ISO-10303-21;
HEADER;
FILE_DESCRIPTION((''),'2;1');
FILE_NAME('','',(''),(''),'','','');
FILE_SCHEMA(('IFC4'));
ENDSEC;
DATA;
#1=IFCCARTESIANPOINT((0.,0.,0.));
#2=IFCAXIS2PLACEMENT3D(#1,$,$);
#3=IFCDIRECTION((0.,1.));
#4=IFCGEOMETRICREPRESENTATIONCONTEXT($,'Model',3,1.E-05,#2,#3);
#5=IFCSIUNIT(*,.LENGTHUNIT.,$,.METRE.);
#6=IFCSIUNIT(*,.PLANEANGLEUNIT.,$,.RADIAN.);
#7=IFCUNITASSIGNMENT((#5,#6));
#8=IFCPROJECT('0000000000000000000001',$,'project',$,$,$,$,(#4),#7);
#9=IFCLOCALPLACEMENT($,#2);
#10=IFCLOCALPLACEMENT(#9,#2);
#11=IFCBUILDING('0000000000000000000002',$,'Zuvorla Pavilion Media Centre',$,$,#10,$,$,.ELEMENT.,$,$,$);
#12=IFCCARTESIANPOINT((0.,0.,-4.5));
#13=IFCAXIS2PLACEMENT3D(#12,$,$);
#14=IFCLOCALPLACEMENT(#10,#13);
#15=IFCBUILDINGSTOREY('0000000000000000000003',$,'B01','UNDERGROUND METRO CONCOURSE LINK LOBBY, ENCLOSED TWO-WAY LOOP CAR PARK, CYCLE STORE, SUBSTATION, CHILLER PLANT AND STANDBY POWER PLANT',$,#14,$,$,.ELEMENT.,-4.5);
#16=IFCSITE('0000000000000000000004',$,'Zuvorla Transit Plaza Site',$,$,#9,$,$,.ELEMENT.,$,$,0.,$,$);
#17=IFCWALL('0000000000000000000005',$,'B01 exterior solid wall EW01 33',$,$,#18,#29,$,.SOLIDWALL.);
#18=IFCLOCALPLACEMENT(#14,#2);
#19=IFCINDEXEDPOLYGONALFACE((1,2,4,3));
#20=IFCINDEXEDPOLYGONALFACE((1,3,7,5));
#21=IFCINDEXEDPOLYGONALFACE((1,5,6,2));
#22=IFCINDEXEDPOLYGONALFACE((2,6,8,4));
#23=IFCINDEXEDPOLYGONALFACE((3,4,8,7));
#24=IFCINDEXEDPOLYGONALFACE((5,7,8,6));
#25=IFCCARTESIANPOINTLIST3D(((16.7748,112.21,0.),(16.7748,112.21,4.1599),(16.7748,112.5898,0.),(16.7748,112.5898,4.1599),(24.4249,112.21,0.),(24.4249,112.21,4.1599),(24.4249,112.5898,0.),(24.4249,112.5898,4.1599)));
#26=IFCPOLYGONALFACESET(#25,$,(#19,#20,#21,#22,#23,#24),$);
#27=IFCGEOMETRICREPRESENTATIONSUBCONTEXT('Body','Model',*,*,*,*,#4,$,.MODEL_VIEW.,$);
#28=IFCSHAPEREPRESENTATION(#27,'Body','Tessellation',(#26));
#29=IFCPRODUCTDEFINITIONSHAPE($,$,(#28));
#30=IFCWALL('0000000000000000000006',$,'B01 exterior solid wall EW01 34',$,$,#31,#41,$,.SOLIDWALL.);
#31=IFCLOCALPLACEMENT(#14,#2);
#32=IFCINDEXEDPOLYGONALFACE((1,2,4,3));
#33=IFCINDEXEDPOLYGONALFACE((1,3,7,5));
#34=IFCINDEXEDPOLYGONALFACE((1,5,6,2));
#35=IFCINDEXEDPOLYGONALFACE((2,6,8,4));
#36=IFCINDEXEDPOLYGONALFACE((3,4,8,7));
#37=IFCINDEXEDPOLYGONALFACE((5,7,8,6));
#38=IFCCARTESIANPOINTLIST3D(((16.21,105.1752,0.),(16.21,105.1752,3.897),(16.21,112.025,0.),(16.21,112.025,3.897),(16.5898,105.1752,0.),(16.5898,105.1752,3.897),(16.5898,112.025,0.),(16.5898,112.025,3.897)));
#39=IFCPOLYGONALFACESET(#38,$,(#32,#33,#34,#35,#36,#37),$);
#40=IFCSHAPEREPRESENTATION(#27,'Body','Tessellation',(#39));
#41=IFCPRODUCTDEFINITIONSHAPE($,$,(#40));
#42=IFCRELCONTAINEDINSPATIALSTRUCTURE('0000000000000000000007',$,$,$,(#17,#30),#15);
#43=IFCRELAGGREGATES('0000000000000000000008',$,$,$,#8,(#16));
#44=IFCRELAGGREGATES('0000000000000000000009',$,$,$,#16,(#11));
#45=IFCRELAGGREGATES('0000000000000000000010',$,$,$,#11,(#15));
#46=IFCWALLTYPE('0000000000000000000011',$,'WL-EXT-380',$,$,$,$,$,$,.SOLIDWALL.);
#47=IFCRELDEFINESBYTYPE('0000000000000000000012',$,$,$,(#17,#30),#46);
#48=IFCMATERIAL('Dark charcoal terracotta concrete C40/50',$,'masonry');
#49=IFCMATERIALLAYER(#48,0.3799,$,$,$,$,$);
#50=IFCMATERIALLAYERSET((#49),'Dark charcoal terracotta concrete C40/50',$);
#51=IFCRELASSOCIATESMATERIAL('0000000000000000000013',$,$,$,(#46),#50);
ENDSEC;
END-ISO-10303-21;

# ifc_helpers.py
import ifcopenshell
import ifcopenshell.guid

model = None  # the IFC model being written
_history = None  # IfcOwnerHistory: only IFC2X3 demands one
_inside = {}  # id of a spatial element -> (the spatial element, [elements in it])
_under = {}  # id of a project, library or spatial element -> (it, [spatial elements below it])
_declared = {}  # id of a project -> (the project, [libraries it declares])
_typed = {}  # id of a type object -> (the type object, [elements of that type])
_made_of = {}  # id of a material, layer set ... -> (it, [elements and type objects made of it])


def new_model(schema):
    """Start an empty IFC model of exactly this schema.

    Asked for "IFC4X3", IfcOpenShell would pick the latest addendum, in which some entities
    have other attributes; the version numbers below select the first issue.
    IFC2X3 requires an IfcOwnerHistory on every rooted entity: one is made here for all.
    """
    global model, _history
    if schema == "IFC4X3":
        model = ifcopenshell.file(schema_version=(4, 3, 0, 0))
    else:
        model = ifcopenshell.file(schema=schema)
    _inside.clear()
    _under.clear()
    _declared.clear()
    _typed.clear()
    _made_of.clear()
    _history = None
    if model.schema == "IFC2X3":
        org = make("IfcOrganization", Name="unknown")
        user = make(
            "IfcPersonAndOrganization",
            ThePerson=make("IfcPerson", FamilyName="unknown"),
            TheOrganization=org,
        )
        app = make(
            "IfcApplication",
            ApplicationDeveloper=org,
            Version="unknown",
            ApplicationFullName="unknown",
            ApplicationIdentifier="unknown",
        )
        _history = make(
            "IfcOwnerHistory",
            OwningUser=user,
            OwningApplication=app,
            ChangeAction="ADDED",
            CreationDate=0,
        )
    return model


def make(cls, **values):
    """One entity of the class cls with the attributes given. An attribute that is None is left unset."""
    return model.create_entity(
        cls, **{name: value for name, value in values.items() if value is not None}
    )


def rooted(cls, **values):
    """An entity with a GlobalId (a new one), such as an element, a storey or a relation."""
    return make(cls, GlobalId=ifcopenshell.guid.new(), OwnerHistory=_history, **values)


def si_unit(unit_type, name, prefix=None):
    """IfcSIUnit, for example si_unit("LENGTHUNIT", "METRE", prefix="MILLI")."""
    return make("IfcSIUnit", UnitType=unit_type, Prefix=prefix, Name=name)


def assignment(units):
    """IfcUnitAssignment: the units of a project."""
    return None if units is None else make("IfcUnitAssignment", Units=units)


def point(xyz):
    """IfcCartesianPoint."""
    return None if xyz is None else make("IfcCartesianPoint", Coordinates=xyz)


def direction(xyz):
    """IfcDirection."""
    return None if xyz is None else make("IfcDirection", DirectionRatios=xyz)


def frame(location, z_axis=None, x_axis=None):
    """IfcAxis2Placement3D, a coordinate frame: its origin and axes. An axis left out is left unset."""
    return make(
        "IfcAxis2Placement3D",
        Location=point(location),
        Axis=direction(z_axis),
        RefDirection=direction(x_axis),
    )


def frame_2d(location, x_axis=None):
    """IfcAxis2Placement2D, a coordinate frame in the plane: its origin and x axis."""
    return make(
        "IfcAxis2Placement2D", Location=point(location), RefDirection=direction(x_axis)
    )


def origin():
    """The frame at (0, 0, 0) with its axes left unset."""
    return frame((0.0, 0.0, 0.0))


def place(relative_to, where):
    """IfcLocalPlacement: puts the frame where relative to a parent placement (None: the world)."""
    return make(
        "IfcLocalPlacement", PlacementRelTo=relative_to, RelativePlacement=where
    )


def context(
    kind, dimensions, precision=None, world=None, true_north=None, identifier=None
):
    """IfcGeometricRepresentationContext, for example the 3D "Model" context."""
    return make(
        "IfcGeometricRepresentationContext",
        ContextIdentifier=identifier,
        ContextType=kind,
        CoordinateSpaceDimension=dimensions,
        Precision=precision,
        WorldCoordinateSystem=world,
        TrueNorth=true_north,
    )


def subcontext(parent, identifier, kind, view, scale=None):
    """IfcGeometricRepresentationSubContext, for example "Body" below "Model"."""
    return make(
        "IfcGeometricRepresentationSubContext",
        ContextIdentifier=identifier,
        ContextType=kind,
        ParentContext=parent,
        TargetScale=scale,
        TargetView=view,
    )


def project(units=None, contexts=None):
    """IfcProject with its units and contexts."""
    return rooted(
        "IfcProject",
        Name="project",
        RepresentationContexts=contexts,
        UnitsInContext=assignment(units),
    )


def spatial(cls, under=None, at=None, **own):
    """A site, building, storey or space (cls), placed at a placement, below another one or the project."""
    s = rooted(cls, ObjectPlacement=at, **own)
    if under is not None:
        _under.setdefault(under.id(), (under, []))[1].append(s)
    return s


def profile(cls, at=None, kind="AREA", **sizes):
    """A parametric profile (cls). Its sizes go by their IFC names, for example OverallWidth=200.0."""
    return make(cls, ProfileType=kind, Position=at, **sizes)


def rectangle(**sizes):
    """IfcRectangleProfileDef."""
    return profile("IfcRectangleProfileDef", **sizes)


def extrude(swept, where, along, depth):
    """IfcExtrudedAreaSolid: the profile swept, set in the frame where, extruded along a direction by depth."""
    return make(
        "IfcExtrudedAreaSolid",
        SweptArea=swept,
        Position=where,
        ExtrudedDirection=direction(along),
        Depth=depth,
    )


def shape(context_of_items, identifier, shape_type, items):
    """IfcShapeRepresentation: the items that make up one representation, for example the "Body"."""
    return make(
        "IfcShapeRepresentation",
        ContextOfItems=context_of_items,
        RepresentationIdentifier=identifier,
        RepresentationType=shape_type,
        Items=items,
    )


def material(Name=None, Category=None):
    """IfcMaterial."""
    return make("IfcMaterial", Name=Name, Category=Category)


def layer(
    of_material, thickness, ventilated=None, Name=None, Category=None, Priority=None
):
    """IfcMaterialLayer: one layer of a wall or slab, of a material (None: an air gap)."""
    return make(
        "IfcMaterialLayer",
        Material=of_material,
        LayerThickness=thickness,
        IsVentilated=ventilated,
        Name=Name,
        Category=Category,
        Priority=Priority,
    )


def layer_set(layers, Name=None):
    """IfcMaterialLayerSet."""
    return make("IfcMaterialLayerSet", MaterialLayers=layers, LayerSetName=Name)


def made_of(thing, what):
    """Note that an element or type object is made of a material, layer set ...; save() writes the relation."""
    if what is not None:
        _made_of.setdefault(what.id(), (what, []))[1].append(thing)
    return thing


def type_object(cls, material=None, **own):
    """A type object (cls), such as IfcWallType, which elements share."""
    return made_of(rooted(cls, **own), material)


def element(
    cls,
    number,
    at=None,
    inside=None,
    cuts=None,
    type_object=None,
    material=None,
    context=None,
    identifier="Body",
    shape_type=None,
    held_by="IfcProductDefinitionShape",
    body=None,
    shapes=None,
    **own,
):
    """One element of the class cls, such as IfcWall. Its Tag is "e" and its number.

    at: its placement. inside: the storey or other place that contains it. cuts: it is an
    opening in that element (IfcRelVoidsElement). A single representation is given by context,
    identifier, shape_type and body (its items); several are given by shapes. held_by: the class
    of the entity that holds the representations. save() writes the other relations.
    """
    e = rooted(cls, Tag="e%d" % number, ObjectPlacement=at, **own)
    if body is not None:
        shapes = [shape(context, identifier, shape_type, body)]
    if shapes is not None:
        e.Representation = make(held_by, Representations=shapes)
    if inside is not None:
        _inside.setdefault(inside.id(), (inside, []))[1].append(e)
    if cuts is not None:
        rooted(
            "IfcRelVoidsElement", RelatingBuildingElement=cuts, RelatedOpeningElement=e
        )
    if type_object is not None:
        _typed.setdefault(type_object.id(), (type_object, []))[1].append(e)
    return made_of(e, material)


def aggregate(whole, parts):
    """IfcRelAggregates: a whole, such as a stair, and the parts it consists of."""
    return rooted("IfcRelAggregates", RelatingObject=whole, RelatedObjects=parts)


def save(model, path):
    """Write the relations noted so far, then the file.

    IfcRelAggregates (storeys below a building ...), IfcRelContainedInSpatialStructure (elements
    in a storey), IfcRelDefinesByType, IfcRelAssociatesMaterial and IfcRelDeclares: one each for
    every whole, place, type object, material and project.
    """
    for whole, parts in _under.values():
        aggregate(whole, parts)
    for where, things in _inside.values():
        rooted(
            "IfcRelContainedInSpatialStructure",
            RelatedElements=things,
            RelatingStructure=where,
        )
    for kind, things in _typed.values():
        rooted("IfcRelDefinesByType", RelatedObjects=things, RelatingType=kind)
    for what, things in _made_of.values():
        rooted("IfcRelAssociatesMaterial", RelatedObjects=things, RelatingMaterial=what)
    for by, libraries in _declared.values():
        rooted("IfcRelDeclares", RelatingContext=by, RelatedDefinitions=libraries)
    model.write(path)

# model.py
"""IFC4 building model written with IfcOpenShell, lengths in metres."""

from ifc_helpers import new_model, si_unit, direction, frame, frame_2d, origin, place, context, subcontext, project, spatial, rectangle, extrude, material, layer, layer_set, type_object, element, save


model = new_model("IFC4")

# Units and contexts
model_context = context("Model", 3, precision=1e-05, world=origin(), true_north=direction((0.0, 1.0)))
body_context = subcontext(model_context, "Body", "Model", "MODEL_VIEW")
ifc_project = project(units=[si_unit("LENGTHUNIT", "METRE"), si_unit("PLANEANGLEUNIT", "RADIAN")], contexts=[model_context])

# Site, building, storey
site_placement = place(None, origin())
site = spatial("IfcSite", under=ifc_project, at=site_placement, Name="Zuvorla Transit Plaza Site", CompositionType="ELEMENT", RefElevation=0.0)
building_placement = place(site_placement, origin())
building = spatial("IfcBuilding", under=site, at=building_placement, Name="Zuvorla Pavilion Media Centre", CompositionType="ELEMENT")
storey_placement = place(building_placement, frame((0.0, 0.0, -4.5)))
storey = spatial("IfcBuildingStorey", under=building, at=storey_placement, Name="B01", Description="UNDERGROUND METRO CONCOURSE LINK LOBBY, ENCLOSED TWO-WAY LOOP CAR PARK, CYCLE STORE, SUBSTATION, CHILLER PLANT AND STANDBY POWER PLANT", CompositionType="ELEMENT", Elevation=-4.5)

# Walls
ifc_material_1 = material(Name="Dark charcoal terracotta concrete C40/50", Category="masonry")
ifc_layer_1 = layer(ifc_material_1, 0.3799)
ifc_layer_set_1 = layer_set([ifc_layer_1], Name="Dark charcoal terracotta concrete C40/50")
wall_type_1 = type_object("IfcWallType", Name="WL-EXT-380", PredefinedType="SOLIDWALL", material=ifc_layer_set_1)
wall_1_placement = place(storey_placement, frame((24.425, 112.3999, 0.0), z_axis=(0.0, 0.0, 1.0), x_axis=(-1.0, 0.0, 0.0)))
element("IfcWall", 1, at=wall_1_placement, inside=storey, type_object=wall_type_1, Name="B01 exterior solid wall EW01 33", PredefinedType="SOLIDWALL", context=body_context, shape_type="SweptSolid", body=[
    extrude(rectangle(XDim=7.6501, YDim=0.3799, at=frame_2d((3.8252, 0.0))), origin(), (0.0, 0.0, 1.0), 4.1599),
])
wall_2_placement = place(storey_placement, frame((16.3999, 112.0249, 0.0), z_axis=(0.0, 0.0, 1.0), x_axis=(0.0, -1.0, 0.0)))
element("IfcWall", 2, at=wall_2_placement, inside=storey, type_object=wall_type_1, Name="B01 exterior solid wall EW01 34", PredefinedType="SOLIDWALL", context=body_context, shape_type="SweptSolid", body=[
    extrude(rectangle(XDim=6.8499, YDim=0.3799, at=frame_2d((3.4248, 0.0))), origin(), (0.0, 0.0, 1.0), 3.897),
])

save(model, "model.ifc")
